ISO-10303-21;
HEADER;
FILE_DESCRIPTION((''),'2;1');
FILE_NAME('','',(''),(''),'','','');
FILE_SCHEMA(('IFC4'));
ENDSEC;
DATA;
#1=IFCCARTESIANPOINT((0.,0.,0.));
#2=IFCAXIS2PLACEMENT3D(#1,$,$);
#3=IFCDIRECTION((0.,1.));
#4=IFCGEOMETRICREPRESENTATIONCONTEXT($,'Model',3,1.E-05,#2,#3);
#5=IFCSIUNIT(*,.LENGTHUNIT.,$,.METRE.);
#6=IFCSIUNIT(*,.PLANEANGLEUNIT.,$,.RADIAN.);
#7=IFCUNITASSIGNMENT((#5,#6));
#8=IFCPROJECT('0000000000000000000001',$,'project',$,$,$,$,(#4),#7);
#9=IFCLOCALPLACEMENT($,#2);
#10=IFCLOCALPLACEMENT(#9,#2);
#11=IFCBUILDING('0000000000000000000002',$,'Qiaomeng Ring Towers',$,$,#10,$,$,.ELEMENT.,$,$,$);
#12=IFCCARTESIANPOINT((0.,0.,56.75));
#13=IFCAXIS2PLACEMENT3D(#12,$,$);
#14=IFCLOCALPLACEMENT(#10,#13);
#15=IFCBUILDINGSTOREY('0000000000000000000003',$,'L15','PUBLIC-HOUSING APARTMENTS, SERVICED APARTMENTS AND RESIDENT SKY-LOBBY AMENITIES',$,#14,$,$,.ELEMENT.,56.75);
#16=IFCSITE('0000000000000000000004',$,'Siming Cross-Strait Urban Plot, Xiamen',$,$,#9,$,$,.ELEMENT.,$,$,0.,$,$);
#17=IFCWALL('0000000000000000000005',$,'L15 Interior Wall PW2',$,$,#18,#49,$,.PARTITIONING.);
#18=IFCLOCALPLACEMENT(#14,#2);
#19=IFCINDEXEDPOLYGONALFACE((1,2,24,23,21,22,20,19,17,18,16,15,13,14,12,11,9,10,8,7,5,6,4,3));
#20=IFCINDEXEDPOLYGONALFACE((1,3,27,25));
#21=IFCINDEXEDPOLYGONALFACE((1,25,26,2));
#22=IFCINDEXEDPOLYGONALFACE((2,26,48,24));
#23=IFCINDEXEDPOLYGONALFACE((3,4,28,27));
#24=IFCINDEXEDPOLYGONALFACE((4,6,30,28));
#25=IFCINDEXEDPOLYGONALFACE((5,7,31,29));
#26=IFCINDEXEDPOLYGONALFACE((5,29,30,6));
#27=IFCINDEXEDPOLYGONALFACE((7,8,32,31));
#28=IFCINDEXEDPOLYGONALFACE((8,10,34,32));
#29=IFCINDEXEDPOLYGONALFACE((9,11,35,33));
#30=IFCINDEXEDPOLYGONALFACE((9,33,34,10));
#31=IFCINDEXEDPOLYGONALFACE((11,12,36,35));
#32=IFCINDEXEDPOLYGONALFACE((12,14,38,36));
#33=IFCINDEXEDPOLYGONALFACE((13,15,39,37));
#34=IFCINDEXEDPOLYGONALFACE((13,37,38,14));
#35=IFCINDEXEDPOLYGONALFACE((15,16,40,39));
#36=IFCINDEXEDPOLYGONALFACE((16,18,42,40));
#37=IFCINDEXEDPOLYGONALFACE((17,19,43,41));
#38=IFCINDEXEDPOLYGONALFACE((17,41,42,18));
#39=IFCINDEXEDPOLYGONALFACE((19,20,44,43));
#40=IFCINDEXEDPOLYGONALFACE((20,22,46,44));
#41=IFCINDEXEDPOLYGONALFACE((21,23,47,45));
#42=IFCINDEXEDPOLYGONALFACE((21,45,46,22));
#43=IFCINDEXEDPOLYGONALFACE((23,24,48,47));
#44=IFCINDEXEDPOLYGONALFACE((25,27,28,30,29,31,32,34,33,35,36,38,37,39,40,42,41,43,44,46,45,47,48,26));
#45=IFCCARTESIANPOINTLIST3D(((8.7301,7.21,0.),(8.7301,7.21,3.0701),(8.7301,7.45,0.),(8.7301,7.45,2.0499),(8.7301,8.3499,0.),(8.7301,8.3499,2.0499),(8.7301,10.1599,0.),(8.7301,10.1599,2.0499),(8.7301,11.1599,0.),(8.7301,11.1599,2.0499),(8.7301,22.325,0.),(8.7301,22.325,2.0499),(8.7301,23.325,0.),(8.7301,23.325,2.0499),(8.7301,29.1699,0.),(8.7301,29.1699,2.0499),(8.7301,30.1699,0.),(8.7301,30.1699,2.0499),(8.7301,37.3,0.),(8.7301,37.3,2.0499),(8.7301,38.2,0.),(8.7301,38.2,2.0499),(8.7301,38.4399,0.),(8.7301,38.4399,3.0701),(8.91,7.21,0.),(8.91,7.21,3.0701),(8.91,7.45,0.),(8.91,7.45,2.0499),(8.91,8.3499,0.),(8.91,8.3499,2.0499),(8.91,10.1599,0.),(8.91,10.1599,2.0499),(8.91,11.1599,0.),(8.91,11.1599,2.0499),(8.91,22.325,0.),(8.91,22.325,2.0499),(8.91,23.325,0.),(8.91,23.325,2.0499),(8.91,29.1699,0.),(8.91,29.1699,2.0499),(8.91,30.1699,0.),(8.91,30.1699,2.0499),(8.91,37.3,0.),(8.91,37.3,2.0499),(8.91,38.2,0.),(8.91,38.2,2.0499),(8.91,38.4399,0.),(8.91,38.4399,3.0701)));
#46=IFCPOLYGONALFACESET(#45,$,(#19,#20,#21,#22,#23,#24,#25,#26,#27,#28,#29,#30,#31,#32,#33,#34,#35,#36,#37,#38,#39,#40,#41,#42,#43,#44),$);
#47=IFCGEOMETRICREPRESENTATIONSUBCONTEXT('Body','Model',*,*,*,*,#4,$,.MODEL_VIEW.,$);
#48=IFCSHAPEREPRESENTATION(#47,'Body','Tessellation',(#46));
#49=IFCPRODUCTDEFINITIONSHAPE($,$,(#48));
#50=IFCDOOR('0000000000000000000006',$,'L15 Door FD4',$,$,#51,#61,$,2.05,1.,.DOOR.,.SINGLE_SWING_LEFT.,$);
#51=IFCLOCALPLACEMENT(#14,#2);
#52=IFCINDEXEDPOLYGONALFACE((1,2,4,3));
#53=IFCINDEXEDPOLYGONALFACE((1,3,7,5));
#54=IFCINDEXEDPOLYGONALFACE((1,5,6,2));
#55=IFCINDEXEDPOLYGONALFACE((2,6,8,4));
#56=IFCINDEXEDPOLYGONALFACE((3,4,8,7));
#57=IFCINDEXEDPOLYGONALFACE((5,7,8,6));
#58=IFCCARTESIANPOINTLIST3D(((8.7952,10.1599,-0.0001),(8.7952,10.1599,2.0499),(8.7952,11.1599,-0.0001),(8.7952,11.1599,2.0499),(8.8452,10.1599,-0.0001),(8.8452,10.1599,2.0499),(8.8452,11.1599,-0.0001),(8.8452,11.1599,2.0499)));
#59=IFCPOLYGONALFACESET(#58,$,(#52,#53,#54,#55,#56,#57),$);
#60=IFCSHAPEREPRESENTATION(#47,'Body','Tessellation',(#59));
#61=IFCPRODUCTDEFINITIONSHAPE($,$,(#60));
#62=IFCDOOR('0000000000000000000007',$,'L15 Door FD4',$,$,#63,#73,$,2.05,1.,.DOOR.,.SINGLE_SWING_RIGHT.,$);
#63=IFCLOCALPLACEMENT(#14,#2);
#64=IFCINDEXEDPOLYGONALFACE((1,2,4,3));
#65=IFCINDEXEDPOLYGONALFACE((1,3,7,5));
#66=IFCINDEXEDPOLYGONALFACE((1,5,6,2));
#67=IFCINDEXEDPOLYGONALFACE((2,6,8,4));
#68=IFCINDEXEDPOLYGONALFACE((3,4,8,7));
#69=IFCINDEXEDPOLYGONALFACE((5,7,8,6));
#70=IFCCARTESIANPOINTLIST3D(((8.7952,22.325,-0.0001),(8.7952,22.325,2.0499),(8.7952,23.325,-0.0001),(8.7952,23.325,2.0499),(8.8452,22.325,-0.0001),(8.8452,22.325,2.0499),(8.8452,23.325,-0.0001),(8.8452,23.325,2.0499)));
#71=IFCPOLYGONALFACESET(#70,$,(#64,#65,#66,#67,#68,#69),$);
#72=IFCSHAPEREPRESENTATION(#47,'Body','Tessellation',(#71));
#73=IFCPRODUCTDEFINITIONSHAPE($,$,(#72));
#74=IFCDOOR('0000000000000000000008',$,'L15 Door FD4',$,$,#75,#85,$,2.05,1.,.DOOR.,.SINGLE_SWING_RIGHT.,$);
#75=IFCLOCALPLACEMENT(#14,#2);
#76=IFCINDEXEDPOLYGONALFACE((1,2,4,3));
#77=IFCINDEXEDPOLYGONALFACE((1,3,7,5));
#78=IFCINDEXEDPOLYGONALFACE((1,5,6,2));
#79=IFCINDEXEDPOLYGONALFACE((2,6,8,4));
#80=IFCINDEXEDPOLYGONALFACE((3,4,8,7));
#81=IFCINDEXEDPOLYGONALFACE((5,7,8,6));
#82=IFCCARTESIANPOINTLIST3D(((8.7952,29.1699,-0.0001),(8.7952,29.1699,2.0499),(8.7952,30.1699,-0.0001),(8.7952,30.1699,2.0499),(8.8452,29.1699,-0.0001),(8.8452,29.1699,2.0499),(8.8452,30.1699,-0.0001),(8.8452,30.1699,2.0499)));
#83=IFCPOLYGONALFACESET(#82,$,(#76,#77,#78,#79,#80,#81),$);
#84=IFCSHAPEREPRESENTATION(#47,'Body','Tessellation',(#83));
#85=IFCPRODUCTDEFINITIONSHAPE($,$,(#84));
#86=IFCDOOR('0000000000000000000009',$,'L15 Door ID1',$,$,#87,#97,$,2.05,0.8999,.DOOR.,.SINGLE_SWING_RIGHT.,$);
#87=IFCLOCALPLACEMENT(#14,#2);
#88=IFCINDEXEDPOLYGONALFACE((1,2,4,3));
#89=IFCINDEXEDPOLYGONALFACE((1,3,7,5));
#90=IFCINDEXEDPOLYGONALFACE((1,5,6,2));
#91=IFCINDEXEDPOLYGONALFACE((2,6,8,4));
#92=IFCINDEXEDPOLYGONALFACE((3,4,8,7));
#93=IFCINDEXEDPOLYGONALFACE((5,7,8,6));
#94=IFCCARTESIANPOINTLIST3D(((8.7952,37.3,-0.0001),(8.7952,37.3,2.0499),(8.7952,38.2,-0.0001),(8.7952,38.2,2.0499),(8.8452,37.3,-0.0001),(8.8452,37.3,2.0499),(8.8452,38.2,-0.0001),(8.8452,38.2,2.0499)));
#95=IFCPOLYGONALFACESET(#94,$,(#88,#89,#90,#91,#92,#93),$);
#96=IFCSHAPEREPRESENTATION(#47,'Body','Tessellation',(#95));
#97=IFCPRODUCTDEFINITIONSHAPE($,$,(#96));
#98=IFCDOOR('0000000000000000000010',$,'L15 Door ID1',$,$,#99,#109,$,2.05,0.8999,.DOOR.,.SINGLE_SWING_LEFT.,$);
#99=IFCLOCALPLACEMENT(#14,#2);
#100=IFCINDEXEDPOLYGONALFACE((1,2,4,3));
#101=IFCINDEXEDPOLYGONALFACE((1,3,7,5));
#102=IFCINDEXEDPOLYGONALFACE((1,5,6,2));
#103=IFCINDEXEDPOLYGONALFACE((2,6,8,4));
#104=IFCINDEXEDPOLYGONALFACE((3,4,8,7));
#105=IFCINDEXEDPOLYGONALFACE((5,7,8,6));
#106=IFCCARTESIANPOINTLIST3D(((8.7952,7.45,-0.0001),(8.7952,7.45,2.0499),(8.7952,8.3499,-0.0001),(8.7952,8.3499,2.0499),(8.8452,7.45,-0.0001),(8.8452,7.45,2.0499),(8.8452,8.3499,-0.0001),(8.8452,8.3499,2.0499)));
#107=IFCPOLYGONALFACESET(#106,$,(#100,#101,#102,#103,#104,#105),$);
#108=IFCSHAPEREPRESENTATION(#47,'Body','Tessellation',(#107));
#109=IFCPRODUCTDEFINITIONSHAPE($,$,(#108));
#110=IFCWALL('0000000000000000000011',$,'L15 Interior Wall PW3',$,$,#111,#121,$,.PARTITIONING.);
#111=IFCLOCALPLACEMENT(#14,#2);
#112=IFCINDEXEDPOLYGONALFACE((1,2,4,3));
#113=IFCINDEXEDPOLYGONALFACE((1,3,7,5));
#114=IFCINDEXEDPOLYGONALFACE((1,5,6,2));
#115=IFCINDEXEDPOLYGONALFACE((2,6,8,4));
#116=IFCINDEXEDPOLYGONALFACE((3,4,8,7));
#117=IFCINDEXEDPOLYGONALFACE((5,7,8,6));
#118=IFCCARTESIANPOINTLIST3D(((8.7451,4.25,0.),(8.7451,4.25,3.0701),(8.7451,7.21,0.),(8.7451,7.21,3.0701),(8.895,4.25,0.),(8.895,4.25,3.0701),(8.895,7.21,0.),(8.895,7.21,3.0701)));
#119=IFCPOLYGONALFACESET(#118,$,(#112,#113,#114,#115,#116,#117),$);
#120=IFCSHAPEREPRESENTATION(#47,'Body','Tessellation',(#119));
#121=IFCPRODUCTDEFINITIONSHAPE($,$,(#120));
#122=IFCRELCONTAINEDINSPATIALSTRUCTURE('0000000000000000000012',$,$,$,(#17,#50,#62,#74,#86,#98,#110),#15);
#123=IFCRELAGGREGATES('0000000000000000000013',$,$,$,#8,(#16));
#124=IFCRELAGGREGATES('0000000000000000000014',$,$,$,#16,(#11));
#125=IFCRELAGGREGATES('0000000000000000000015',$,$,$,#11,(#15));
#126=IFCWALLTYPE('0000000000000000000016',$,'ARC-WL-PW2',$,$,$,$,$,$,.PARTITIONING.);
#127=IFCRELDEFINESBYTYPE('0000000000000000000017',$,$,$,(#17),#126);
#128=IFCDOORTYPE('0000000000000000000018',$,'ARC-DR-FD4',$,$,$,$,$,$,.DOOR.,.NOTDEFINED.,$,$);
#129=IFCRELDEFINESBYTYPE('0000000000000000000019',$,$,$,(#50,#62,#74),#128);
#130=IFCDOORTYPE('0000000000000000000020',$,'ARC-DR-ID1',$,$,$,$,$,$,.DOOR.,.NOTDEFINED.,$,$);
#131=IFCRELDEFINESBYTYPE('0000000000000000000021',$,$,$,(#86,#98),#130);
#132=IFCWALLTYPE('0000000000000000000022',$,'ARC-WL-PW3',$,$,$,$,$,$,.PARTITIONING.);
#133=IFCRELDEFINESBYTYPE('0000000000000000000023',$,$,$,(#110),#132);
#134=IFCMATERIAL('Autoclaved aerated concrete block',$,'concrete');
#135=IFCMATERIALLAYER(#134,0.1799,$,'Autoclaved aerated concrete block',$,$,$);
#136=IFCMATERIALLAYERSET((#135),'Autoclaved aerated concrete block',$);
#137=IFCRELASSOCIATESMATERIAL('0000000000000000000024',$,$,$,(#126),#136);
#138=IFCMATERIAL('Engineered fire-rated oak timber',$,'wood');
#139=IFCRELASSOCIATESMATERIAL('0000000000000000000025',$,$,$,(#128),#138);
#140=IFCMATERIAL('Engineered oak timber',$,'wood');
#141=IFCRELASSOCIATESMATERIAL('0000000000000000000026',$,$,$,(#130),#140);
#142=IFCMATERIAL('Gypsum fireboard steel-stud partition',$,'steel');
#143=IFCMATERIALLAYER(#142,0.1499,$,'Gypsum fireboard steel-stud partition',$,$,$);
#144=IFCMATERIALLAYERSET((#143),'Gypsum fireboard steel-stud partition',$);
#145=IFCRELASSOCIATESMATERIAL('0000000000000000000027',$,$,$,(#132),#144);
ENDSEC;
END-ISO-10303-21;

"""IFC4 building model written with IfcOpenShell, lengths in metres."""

from ifc_helpers import new_model, si_unit, direction, frame, frame_2d, origin, place, context, subcontext, project, spatial, rectangle, extrude, source, transform, mapped, material, layer, layer_set, type_object, element, fill, save


model = new_model("IFC4")

# Units and contexts
model_context = context("Model", 3, precision=1e-05, world=origin(), true_north=direction((0.0, 1.0)))
body_context = subcontext(model_context, "Body", "Model", "MODEL_VIEW")
ifc_project = project(units=[si_unit("LENGTHUNIT", "METRE"), si_unit("PLANEANGLEUNIT", "RADIAN")], contexts=[model_context])

# Site, building, storey
site_placement = place(None, origin())
site = spatial("IfcSite", under=ifc_project, at=site_placement, Name="Siming Cross-Strait Urban Plot, Xiamen", CompositionType="ELEMENT", RefElevation=0.0)
building_placement = place(site_placement, origin())
building = spatial("IfcBuilding", under=site, at=building_placement, Name="Qiaomeng Ring Towers", CompositionType="ELEMENT")
storey_placement = place(building_placement, frame((0.0, 0.0, 56.75)))
storey = spatial("IfcBuildingStorey", under=building, at=storey_placement, Name="L15", Description="PUBLIC-HOUSING APARTMENTS, SERVICED APARTMENTS AND RESIDENT SKY-LOBBY AMENITIES", CompositionType="ELEMENT", Elevation=56.75)

# Wall, openings, doors
ifc_material_1 = material(Name="Autoclaved aerated concrete block", Category="concrete")
ifc_layer_1 = layer(ifc_material_1, 0.1799, Name="Autoclaved aerated concrete block")
ifc_layer_set_1 = layer_set([ifc_layer_1], Name="Autoclaved aerated concrete block")
wall_type_1 = type_object("IfcWallType", Name="ARC-WL-PW2", PredefinedType="PARTITIONING", material=ifc_layer_set_1)
ifc_material_2 = material(Name="Engineered fire-rated oak timber", Category="wood")
door_type_1 = type_object("IfcDoorType", Name="ARC-DR-FD4", OperationType="NOTDEFINED", PredefinedType="DOOR", material=ifc_material_2)
shared_shape_1 = source(origin(), body_context, "Body", "SweptSolid", [
    extrude(rectangle(XDim=1.0, YDim=2.05, at=frame_2d((0.5, 1.0249))), frame((0.0, 0.0249, 0.0), z_axis=(0.0, -1.0, 0.0), x_axis=(1.0, 0.0, 0.0)), (0.0, 0.0, 1.0), 0.05),
])
wall_1_placement = place(storey_placement, frame((8.8201, 7.21, 0.0), z_axis=(0.0, 0.0, 1.0), x_axis=(0.0, 1.0, 0.0)))
wall_1 = element("IfcWall", 1, at=wall_1_placement, inside=storey, type_object=wall_type_1, Name="L15 Interior Wall PW2", PredefinedType="PARTITIONING", context=body_context, shape_type="SweptSolid", body=[
    extrude(rectangle(XDim=31.23, YDim=0.1799, at=frame_2d((15.615, 0.0))), origin(), (0.0, 0.0, 1.0), 3.0701),
])
opening_1_placement = place(wall_1_placement, frame((30.0901, 0.0, 0.0)))
opening_1 = element("IfcOpeningElement", 2, at=opening_1_placement, cuts=wall_1, PredefinedType="OPENING", context=body_context, shape_type="SweptSolid", body=[
    extrude(rectangle(XDim=0.8999, YDim=2.05, at=frame_2d((0.45, 1.0249))), frame((0.0, 0.0999, 0.0), z_axis=(0.0, -1.0, 0.0), x_axis=(1.0, 0.0, 0.0)), (0.0, 0.0, 1.0), 0.2),
])
opening_2_placement = place(wall_1_placement, frame((0.24, 0.0, 0.0)))
opening_2 = element("IfcOpeningElement", 3, at=opening_2_placement, cuts=wall_1, PredefinedType="OPENING", context=body_context, shape_type="SweptSolid", body=[
    extrude(rectangle(XDim=0.8999, YDim=2.05, at=frame_2d((0.45, 1.0249))), frame((0.0, 0.0999, 0.0), z_axis=(0.0, -1.0, 0.0), x_axis=(1.0, 0.0, 0.0)), (0.0, 0.0, 1.0), 0.2),
])
opening_3_placement = place(wall_1_placement, frame((2.95, 0.0, 0.0)))
opening_3 = element("IfcOpeningElement", 4, at=opening_3_placement, cuts=wall_1, PredefinedType="OPENING", context=body_context, shape_type="SweptSolid", body=[
    extrude(rectangle(XDim=1.0, YDim=2.05, at=frame_2d((0.5, 1.0249))), frame((0.0, 0.0999, 0.0), z_axis=(0.0, -1.0, 0.0), x_axis=(1.0, 0.0, 0.0)), (0.0, 0.0, 1.0), 0.2),
])
opening_4_placement = place(wall_1_placement, frame((15.115, 0.0, 0.0)))
opening_4 = element("IfcOpeningElement", 5, at=opening_4_placement, cuts=wall_1, PredefinedType="OPENING", context=body_context, shape_type="SweptSolid", body=[
    extrude(rectangle(XDim=1.0, YDim=2.05, at=frame_2d((0.5, 1.0249))), frame((0.0, 0.0999, 0.0), z_axis=(0.0, -1.0, 0.0), x_axis=(1.0, 0.0, 0.0)), (0.0, 0.0, 1.0), 0.2),
])
opening_5_placement = place(wall_1_placement, frame((21.96, 0.0, 0.0)))
opening_5 = element("IfcOpeningElement", 6, at=opening_5_placement, cuts=wall_1, PredefinedType="OPENING", context=body_context, shape_type="SweptSolid", body=[
    extrude(rectangle(XDim=1.0, YDim=2.05, at=frame_2d((0.5, 1.0249))), frame((0.0, 0.0999, 0.0), z_axis=(0.0, -1.0, 0.0), x_axis=(1.0, 0.0, 0.0)), (0.0, 0.0, 1.0), 0.2),
])
door_1_placement = place(opening_3_placement, origin())
door_1 = element("IfcDoor", 7, at=door_1_placement, inside=storey, type_object=door_type_1, Name="L15 Door FD4", OperationType="SINGLE_SWING_LEFT", OverallHeight=2.05, OverallWidth=1.0, PredefinedType="DOOR", context=body_context, shape_type="MappedRepresentation", body=[
    mapped(shared_shape_1, transform((0.0, 0.0, 0.0), x_axis=(1.0, 0.0, 0.0), y_axis=(0.0, 1.0, 0.0), z_axis=(0.0, 0.0, 1.0), scale=1.0)),
])
fill(opening_3, door_1)
door_2_placement = place(opening_4_placement, origin())
door_2 = element("IfcDoor", 8, at=door_2_placement, inside=storey, type_object=door_type_1, Name="L15 Door FD4", OperationType="SINGLE_SWING_RIGHT", OverallHeight=2.05, OverallWidth=1.0, PredefinedType="DOOR", context=body_context, shape_type="MappedRepresentation", body=[
    mapped(shared_shape_1, transform((0.0, 0.0, 0.0), x_axis=(1.0, 0.0, 0.0), y_axis=(0.0, 1.0, 0.0), z_axis=(0.0, 0.0, 1.0), scale=1.0)),
])
fill(opening_4, door_2)
door_3_placement = place(opening_5_placement, origin())
door_3 = element("IfcDoor", 9, at=door_3_placement, inside=storey, type_object=door_type_1, Name="L15 Door FD4", OperationType="SINGLE_SWING_RIGHT", OverallHeight=2.05, OverallWidth=1.0, PredefinedType="DOOR", context=body_context, shape_type="MappedRepresentation", body=[
    mapped(shared_shape_1, transform((0.0, 0.0, 0.0), x_axis=(1.0, 0.0, 0.0), y_axis=(0.0, 1.0, 0.0), z_axis=(0.0, 0.0, 1.0), scale=1.0)),
])
fill(opening_5, door_3)
ifc_material_3 = material(Name="Engineered oak timber", Category="wood")
door_type_2 = type_object("IfcDoorType", Name="ARC-DR-ID1", OperationType="NOTDEFINED", PredefinedType="DOOR", material=ifc_material_3)
shared_shape_2 = source(origin(), body_context, "Body", "SweptSolid", [
    extrude(rectangle(XDim=0.8999, YDim=2.05, at=frame_2d((0.45, 1.0249))), frame((0.0, 0.0249, 0.0), z_axis=(0.0, -1.0, 0.0), x_axis=(1.0, 0.0, 0.0)), (0.0, 0.0, 1.0), 0.05),
])
door_4_placement = place(opening_1_placement, origin())
door_4 = element("IfcDoor", 10, at=door_4_placement, inside=storey, type_object=door_type_2, Name="L15 Door ID1", OperationType="SINGLE_SWING_RIGHT", OverallHeight=2.05, OverallWidth=0.8999, PredefinedType="DOOR", context=body_context, shape_type="MappedRepresentation", body=[
    mapped(shared_shape_2, transform((0.0, 0.0, 0.0), x_axis=(1.0, 0.0, 0.0), y_axis=(0.0, 1.0, 0.0), z_axis=(0.0, 0.0, 1.0), scale=1.0)),
])
fill(opening_1, door_4)
door_5_placement = place(opening_2_placement, origin())
door_5 = element("IfcDoor", 11, at=door_5_placement, inside=storey, type_object=door_type_2, Name="L15 Door ID1", OperationType="SINGLE_SWING_LEFT", OverallHeight=2.05, OverallWidth=0.8999, PredefinedType="DOOR", context=body_context, shape_type="MappedRepresentation", body=[
    mapped(shared_shape_2, transform((0.0, 0.0, 0.0), x_axis=(1.0, 0.0, 0.0), y_axis=(0.0, 1.0, 0.0), z_axis=(0.0, 0.0, 1.0), scale=1.0)),
])
fill(opening_2, door_5)

# Wall
ifc_material_4 = material(Name="Gypsum fireboard steel-stud partition", Category="steel")
ifc_layer_2 = layer(ifc_material_4, 0.1499, Name="Gypsum fireboard steel-stud partition")
ifc_layer_set_2 = layer_set([ifc_layer_2], Name="Gypsum fireboard steel-stud partition")
wall_type_2 = type_object("IfcWallType", Name="ARC-WL-PW3", PredefinedType="PARTITIONING", material=ifc_layer_set_2)
wall_2_placement = place(storey_placement, frame((8.8201, 4.25, 0.0), z_axis=(0.0, 0.0, 1.0), x_axis=(0.0, 1.0, 0.0)))
element("IfcWall", 12, at=wall_2_placement, inside=storey, type_object=wall_type_2, Name="L15 Interior Wall PW3", PredefinedType="PARTITIONING", context=body_context, shape_type="SweptSolid", body=[
    extrude(rectangle(XDim=2.96, YDim=0.1499, at=frame_2d((1.48, 0.0))), origin(), (0.0, 0.0, 1.0), 3.0701),
])

save(model, "model.ifc")
